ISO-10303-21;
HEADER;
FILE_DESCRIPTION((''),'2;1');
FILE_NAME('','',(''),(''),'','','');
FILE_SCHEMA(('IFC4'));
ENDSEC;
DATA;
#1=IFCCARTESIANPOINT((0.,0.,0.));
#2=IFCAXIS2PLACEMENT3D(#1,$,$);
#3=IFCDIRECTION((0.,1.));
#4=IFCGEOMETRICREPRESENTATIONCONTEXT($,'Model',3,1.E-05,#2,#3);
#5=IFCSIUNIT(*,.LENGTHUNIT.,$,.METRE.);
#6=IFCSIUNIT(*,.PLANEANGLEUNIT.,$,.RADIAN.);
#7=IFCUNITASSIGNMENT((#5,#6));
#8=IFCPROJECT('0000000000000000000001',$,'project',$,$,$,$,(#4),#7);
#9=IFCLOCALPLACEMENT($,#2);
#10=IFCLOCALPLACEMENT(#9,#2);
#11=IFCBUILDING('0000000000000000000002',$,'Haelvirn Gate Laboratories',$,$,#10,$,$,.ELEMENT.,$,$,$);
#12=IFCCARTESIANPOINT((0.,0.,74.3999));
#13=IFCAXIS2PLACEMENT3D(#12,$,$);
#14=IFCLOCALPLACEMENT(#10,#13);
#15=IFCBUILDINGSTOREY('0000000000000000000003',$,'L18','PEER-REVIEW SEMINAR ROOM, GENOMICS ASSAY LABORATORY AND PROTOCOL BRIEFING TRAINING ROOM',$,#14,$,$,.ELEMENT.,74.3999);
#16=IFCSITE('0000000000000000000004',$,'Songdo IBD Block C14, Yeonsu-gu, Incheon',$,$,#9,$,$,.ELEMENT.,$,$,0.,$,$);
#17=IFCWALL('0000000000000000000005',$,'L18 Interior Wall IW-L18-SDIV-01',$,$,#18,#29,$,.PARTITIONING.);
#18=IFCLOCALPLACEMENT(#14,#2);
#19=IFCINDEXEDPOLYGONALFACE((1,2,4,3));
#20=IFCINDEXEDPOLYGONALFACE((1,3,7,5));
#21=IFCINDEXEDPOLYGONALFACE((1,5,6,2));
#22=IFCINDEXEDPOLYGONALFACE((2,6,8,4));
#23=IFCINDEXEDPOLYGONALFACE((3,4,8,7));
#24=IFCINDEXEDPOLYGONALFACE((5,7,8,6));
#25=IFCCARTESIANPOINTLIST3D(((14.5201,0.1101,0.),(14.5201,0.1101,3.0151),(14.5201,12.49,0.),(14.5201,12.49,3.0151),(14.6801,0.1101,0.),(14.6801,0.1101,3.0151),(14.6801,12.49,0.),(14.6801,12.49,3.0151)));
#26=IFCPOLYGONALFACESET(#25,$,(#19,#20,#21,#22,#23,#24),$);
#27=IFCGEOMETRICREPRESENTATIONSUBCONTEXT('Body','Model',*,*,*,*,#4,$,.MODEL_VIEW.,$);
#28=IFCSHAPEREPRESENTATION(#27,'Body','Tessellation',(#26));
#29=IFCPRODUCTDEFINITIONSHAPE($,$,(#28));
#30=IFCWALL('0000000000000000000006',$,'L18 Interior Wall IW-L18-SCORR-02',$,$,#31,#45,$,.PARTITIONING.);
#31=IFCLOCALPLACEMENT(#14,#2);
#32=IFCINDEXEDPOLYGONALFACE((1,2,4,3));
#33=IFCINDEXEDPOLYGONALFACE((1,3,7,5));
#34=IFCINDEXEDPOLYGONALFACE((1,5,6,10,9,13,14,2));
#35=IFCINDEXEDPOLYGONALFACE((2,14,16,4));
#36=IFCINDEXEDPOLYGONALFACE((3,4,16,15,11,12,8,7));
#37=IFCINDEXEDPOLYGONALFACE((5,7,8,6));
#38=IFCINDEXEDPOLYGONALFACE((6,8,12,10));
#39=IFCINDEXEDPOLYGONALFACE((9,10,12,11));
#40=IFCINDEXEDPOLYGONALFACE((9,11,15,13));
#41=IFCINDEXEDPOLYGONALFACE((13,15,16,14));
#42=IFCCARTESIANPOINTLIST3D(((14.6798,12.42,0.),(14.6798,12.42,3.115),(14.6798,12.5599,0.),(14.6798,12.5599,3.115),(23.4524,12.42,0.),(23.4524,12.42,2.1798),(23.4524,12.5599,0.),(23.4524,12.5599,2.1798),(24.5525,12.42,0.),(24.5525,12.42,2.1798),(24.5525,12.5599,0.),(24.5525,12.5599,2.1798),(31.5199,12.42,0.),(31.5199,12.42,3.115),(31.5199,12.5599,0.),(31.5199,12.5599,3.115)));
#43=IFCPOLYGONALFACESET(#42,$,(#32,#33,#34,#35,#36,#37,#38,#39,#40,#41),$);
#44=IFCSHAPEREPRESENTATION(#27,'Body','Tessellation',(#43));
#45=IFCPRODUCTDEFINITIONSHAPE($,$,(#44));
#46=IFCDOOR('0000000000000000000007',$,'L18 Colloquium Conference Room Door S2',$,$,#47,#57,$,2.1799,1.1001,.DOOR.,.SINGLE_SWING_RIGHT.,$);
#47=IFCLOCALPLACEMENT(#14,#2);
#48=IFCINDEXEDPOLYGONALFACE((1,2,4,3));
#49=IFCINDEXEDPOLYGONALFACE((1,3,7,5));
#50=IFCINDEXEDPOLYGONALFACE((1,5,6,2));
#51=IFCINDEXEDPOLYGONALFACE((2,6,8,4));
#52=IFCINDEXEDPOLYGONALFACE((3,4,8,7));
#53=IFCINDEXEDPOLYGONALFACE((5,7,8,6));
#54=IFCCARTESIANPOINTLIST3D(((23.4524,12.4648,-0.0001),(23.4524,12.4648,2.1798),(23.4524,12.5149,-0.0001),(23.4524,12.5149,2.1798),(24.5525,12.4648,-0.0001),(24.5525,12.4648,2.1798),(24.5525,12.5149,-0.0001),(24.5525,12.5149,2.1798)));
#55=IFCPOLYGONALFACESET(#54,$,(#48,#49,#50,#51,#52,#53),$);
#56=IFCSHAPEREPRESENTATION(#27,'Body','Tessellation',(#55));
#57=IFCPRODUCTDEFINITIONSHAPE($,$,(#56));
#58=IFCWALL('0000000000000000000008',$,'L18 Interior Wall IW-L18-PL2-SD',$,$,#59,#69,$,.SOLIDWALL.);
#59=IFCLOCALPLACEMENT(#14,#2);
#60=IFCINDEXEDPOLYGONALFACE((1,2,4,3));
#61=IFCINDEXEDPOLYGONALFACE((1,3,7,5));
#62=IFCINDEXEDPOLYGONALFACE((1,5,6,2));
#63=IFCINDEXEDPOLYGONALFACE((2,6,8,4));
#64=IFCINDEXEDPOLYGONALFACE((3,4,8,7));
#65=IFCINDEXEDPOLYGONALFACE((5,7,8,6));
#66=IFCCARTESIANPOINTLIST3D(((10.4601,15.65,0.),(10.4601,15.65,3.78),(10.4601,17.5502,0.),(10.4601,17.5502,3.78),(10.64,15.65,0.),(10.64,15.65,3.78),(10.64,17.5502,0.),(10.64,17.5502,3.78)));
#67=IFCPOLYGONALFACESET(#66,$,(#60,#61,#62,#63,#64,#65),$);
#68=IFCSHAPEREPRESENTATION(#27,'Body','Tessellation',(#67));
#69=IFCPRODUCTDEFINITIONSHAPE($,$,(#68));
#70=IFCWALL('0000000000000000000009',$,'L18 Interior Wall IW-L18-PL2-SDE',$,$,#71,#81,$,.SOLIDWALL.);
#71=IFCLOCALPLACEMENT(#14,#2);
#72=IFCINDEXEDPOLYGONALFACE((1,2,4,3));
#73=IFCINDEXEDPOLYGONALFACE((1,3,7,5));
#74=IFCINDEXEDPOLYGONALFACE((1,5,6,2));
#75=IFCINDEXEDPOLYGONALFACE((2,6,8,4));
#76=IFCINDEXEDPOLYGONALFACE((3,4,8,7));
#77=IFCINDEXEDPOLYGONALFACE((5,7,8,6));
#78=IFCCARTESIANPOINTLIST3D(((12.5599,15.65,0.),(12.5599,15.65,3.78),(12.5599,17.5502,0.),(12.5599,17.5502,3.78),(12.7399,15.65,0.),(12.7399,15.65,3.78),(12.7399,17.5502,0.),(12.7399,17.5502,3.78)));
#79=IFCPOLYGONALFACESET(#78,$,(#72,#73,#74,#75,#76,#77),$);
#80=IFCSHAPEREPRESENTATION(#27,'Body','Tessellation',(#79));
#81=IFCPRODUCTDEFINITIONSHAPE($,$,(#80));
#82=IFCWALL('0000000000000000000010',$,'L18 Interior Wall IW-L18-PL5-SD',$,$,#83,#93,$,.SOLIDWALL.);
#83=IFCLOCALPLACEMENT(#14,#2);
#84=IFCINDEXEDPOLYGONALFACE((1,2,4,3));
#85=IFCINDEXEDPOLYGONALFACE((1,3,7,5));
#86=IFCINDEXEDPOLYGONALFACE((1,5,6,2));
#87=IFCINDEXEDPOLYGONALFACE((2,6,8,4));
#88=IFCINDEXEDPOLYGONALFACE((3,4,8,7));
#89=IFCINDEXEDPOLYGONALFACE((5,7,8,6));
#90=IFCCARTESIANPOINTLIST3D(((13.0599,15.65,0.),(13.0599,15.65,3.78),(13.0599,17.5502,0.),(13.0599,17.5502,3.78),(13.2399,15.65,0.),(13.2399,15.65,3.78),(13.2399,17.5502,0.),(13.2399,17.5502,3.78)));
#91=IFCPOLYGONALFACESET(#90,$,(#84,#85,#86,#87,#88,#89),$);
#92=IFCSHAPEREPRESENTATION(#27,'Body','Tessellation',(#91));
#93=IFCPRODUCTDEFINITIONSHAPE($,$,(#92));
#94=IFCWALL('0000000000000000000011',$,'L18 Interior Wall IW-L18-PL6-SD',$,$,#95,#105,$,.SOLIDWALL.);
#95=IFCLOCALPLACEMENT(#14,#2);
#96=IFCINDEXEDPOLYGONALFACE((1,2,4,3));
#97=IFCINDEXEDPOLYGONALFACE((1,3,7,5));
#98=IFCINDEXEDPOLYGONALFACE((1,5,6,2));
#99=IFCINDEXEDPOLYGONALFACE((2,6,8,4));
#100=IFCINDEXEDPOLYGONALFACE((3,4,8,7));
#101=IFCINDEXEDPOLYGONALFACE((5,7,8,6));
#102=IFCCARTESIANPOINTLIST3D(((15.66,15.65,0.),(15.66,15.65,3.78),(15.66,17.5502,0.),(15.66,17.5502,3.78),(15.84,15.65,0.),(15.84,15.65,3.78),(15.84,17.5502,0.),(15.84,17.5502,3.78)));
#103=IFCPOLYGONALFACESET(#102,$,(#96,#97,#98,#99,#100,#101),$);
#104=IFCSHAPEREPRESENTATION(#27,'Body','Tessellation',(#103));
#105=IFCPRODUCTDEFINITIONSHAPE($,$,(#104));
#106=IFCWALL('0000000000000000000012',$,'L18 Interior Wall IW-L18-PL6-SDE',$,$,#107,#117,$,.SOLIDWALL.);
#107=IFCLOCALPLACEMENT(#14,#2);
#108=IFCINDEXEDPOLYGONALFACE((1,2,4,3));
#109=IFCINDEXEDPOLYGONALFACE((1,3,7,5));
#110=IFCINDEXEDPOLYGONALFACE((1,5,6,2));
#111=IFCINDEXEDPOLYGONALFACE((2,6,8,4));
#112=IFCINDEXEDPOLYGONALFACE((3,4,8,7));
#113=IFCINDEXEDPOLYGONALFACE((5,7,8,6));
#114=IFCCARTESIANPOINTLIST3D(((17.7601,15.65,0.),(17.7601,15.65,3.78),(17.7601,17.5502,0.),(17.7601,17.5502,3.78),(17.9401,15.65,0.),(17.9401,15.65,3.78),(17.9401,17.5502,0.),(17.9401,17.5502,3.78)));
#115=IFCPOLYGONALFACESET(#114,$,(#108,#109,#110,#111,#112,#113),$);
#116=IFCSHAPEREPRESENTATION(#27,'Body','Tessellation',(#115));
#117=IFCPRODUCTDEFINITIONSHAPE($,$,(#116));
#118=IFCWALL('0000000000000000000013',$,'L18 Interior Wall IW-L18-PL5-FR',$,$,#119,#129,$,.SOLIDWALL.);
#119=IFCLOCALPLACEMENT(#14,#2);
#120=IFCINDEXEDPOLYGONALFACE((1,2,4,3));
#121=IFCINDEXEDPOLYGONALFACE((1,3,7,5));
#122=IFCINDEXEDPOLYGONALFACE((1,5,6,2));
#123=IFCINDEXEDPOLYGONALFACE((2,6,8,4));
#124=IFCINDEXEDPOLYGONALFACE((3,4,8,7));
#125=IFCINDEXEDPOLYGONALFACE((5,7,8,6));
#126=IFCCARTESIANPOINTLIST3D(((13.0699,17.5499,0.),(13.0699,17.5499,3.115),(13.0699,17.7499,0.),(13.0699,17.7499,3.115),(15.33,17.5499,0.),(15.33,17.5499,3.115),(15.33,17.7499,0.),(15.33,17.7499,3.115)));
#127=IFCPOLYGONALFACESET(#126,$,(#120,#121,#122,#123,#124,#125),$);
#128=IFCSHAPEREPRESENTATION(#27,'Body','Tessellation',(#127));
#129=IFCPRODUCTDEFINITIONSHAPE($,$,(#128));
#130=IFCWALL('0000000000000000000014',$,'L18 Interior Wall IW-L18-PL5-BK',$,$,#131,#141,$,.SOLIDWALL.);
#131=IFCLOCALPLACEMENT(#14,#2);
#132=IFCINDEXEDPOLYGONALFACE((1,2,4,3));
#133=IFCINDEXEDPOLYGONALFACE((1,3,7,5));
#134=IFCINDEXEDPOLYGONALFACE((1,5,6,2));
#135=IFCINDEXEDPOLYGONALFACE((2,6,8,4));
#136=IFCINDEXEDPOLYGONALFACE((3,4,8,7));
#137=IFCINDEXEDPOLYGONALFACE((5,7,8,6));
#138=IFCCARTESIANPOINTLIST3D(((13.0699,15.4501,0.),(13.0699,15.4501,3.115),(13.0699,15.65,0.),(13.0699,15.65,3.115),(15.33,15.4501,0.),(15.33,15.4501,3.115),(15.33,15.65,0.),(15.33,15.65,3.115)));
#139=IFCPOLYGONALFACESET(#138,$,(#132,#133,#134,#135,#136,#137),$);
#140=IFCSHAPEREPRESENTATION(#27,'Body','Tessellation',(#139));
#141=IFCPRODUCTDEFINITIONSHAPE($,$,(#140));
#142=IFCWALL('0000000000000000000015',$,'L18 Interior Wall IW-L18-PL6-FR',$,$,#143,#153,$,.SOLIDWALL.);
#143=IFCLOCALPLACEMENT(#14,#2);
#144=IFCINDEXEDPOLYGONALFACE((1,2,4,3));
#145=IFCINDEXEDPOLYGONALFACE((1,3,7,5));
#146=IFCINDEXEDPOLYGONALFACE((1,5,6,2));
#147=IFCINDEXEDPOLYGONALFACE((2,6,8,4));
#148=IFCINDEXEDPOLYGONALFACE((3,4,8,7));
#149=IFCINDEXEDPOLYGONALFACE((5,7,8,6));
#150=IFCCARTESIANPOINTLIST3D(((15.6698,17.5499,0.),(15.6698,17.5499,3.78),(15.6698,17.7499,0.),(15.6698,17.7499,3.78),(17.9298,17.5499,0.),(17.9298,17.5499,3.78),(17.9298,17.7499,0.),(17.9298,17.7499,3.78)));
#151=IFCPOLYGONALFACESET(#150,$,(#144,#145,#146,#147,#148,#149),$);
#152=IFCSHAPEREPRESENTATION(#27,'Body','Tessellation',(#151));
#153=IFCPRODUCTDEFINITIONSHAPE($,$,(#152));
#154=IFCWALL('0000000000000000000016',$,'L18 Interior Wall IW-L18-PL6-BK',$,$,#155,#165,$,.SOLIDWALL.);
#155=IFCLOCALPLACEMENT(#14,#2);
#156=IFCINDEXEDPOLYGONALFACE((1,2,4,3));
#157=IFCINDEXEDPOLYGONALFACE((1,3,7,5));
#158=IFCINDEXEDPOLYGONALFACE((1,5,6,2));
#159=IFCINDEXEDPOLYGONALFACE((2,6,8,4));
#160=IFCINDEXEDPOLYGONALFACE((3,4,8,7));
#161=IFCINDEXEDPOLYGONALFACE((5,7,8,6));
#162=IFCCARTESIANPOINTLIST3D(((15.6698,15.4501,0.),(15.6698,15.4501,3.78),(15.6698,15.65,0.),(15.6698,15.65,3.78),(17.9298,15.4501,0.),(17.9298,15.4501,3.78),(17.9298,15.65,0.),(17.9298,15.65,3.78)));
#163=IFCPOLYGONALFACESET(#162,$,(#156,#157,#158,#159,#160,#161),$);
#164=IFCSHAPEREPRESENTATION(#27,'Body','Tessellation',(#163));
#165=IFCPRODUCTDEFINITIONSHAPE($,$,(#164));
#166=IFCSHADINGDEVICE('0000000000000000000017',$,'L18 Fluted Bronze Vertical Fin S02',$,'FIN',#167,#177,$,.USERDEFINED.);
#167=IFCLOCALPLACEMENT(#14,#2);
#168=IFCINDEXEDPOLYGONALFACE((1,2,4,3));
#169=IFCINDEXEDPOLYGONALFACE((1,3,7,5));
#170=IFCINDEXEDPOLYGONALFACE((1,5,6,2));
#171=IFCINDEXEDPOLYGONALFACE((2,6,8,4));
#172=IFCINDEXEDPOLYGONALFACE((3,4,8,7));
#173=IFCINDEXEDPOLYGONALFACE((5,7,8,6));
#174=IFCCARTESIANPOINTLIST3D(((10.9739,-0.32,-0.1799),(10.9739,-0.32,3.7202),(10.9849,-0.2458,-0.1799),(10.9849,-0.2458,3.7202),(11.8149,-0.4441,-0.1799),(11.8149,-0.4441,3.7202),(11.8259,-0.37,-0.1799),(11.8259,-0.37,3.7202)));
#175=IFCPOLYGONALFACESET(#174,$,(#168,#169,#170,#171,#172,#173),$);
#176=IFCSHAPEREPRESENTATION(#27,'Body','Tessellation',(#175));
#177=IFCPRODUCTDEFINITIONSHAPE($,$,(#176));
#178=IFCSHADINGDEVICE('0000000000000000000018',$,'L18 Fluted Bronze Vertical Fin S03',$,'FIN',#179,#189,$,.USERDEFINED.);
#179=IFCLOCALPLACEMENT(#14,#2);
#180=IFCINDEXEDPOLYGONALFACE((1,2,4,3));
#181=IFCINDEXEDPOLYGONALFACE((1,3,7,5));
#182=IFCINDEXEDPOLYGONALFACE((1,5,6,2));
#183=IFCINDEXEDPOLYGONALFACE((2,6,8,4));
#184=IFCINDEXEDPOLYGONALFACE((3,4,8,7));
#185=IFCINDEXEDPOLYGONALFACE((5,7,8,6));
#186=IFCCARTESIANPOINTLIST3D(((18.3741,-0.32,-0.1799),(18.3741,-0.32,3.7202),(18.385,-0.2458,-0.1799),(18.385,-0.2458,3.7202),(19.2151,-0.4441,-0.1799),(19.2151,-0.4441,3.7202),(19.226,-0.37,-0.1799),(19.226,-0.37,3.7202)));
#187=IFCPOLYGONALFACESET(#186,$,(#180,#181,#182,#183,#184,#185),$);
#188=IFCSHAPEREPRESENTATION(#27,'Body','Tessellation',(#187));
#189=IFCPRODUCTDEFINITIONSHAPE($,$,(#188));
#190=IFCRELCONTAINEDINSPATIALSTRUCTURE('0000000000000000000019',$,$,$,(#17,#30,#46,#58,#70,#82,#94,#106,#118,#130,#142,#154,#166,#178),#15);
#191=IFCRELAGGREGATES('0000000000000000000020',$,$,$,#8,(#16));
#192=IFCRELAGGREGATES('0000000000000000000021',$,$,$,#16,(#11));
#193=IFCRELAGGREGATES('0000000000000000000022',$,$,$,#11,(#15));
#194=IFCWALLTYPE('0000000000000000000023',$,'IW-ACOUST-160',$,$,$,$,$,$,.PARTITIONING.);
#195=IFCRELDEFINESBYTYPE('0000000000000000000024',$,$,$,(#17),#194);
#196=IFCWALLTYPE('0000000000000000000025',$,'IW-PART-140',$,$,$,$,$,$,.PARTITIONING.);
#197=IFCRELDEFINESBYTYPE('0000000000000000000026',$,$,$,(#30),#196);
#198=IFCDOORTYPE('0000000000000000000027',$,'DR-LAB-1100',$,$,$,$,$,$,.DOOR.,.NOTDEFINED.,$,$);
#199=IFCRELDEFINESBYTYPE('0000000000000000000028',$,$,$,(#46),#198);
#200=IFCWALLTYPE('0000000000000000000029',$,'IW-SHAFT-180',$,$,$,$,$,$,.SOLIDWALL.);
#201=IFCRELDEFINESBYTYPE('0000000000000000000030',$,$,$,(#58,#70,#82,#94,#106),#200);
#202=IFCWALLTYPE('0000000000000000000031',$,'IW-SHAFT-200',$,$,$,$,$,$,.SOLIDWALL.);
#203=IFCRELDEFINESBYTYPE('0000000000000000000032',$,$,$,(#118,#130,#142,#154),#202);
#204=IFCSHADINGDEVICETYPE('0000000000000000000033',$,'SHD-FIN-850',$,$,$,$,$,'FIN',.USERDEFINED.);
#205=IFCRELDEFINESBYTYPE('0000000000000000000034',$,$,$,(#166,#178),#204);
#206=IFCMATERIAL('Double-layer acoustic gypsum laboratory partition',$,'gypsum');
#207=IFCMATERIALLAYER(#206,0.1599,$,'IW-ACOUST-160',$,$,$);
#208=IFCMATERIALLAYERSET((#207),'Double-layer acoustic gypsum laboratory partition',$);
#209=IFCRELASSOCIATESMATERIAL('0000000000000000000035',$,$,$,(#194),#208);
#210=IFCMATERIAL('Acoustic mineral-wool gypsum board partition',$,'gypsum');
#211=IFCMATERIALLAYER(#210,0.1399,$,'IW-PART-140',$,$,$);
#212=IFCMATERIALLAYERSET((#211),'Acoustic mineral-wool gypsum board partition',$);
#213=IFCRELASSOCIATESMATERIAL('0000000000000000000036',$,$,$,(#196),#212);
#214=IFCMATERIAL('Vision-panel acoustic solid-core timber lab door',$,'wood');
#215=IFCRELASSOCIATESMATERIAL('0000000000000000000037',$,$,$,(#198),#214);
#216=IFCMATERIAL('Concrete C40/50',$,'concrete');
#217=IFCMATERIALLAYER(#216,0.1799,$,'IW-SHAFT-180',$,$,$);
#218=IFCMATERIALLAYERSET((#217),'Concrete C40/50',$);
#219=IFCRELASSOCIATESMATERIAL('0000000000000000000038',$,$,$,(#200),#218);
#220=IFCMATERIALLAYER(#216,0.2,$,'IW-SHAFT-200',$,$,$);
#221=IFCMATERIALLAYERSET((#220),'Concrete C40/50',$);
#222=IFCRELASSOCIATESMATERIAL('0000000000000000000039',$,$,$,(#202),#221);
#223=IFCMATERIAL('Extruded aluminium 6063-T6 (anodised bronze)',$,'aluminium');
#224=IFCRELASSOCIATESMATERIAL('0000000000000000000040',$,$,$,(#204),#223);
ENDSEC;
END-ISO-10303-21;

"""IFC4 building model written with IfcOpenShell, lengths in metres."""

from ifc_helpers import new_model, si_unit, direction, frame, frame_2d, origin, origin_2d, place, context, subcontext, project, spatial, rectangle, extrude, source, transform, mapped, material, layer, layer_set, material_profile, profile_set, type_object, type_shapes, element, fill, save


model = new_model("IFC4")

# Units and contexts
model_context = context("Model", 3, precision=1e-05, world=origin(), true_north=direction((0.0, 1.0)))
body_context = subcontext(model_context, "Body", "Model", "MODEL_VIEW")
ifc_project = project(units=[si_unit("LENGTHUNIT", "METRE"), si_unit("PLANEANGLEUNIT", "RADIAN")], contexts=[model_context])

# Site, building, storey
site_placement = place(None, origin())
site = spatial("IfcSite", under=ifc_project, at=site_placement, Name="Songdo IBD Block C14, Yeonsu-gu, Incheon", CompositionType="ELEMENT", RefElevation=0.0)
building_placement = place(site_placement, origin())
building = spatial("IfcBuilding", under=site, at=building_placement, Name="Haelvirn Gate Laboratories", CompositionType="ELEMENT")
storey_placement = place(building_placement, frame((0.0, 0.0, 74.3999)))
storey = spatial("IfcBuildingStorey", under=building, at=storey_placement, Name="L18", Description="PEER-REVIEW SEMINAR ROOM, GENOMICS ASSAY LABORATORY AND PROTOCOL BRIEFING TRAINING ROOM", CompositionType="ELEMENT", Elevation=74.3999)

# Shared definitions
ifc_material_1 = material(Name="Extruded aluminium 6063-T6 (anodised bronze)", Category="aluminium")

# Wall
ifc_material_2 = material(Name="Double-layer acoustic gypsum laboratory partition", Category="gypsum")
ifc_layer_1 = layer(ifc_material_2, 0.1599, Name="IW-ACOUST-160")
ifc_layer_set_1 = layer_set([ifc_layer_1], Name="Double-layer acoustic gypsum laboratory partition")
wall_type_1 = type_object("IfcWallType", Name="IW-ACOUST-160", PredefinedType="PARTITIONING", material=ifc_layer_set_1)
wall_1_placement = place(storey_placement, frame((14.6001, 0.1101, 0.0), z_axis=(0.0, 0.0, 1.0), x_axis=(0.0, 1.0, 0.0)))
element("IfcWall", 1, at=wall_1_placement, inside=storey, type_object=wall_type_1, Name="L18 Interior Wall IW-L18-SDIV-01", PredefinedType="PARTITIONING", context=body_context, shape_type="SweptSolid", body=[
    extrude(rectangle(XDim=12.3799, YDim=0.1599, at=frame_2d((6.1899, 0.0))), origin(), (0.0, 0.0, 1.0), 3.0151),
])

# Wall, opening, door
ifc_material_3 = material(Name="Acoustic mineral-wool gypsum board partition", Category="gypsum")
ifc_layer_2 = layer(ifc_material_3, 0.1399, Name="IW-PART-140")
ifc_layer_set_2 = layer_set([ifc_layer_2], Name="Acoustic mineral-wool gypsum board partition")
wall_type_2 = type_object("IfcWallType", Name="IW-PART-140", PredefinedType="PARTITIONING", material=ifc_layer_set_2)
wall_2_placement = place(storey_placement, frame((14.6799, 12.49, 0.0), z_axis=(0.0, 0.0, 1.0), x_axis=(1.0, 0.0, 0.0)))
wall_2 = element("IfcWall", 2, at=wall_2_placement, inside=storey, type_object=wall_type_2, Name="L18 Interior Wall IW-L18-SCORR-02", PredefinedType="PARTITIONING", context=body_context, shape_type="SweptSolid", body=[
    extrude(rectangle(XDim=16.8401, YDim=0.1399, at=frame_2d((8.4199, 0.0))), origin(), (0.0, 0.0, 1.0), 3.115),
])
opening_placement = place(wall_2_placement, frame((8.7725, 0.0, 0.0)))
opening = element("IfcOpeningElement", 3, at=opening_placement, cuts=wall_2, PredefinedType="OPENING", context=body_context, shape_type="SweptSolid", body=[
    extrude(rectangle(XDim=1.1001, YDim=2.1799, at=frame_2d((0.55, 1.0898))), frame((0.0, 0.0801, 0.0), z_axis=(0.0, -1.0, 0.0), x_axis=(1.0, 0.0, 0.0)), (0.0, 0.0, 1.0), 0.1599),
])
ifc_material_4 = material(Name="Vision-panel acoustic solid-core timber lab door", Category="wood")
door_type = type_object("IfcDoorType", Name="DR-LAB-1100", OperationType="NOTDEFINED", PredefinedType="DOOR", material=ifc_material_4)
shared_shape_1 = source(origin(), body_context, "Body", "SweptSolid", [
    extrude(rectangle(XDim=1.1001, YDim=2.1799, at=frame_2d((0.55, 1.0898))), frame((0.0, 0.0249, 0.0), z_axis=(0.0, -1.0, 0.0), x_axis=(1.0, 0.0, 0.0)), (0.0, 0.0, 1.0), 0.05),
])
type_shapes(door_type, [shared_shape_1])
door_placement = place(opening_placement, origin())
door = element("IfcDoor", 4, at=door_placement, inside=storey, type_object=door_type, Name="L18 Colloquium Conference Room Door S2", OperationType="SINGLE_SWING_RIGHT", OverallHeight=2.1799, OverallWidth=1.1001, PredefinedType="DOOR", context=body_context, shape_type="MappedRepresentation", body=[
    mapped(shared_shape_1, transform((0.0, 0.0, 0.0), scale=1.0)),
])
fill(opening, door)

# Walls
ifc_material_5 = material(Name="Concrete C40/50", Category="concrete")
ifc_layer_3 = layer(ifc_material_5, 0.1799, Name="IW-SHAFT-180")
ifc_layer_set_3 = layer_set([ifc_layer_3], Name="Concrete C40/50")
wall_type_3 = type_object("IfcWallType", Name="IW-SHAFT-180", PredefinedType="SOLIDWALL", material=ifc_layer_set_3)
for number, where, z_axis, x_axis, name in (
    (5, (10.55, 15.6499, 0.0), (0.0, 0.0, 1.0), (0.0, 1.0, 0.0), "L18 Interior Wall IW-L18-PL2-SD"),
    (6, (12.6499, 15.6499, 0.0), (0.0, 0.0, 1.0), (0.0, 1.0, 0.0), "L18 Interior Wall IW-L18-PL2-SDE"),
    (7, (13.1499, 15.6499, 0.0), (0.0, 0.0, 1.0), (0.0, 1.0, 0.0), "L18 Interior Wall IW-L18-PL5-SD"),
    (8, (15.75, 15.6499, 0.0), (0.0, 0.0, 1.0), (0.0, 1.0, 0.0), "L18 Interior Wall IW-L18-PL6-SD"),
    (9, (17.8501, 15.6499, 0.0), (0.0, 0.0, 1.0), (0.0, 1.0, 0.0), "L18 Interior Wall IW-L18-PL6-SDE"),
):
    element("IfcWall", number, at=place(storey_placement, frame(where, z_axis=z_axis, x_axis=x_axis)), inside=storey, type_object=wall_type_3, Name=name, PredefinedType="SOLIDWALL", context=body_context, shape_type="SweptSolid", body=[
        extrude(rectangle(XDim=1.9001, YDim=0.1799, at=frame_2d((0.9502, 0.0))), origin(), (0.0, 0.0, 1.0), 3.78),
    ])
ifc_layer_4 = layer(ifc_material_5, 0.2, Name="IW-SHAFT-200")
ifc_layer_set_4 = layer_set([ifc_layer_4], Name="Concrete C40/50")
wall_type_4 = type_object("IfcWallType", Name="IW-SHAFT-200", PredefinedType="SOLIDWALL", material=ifc_layer_set_4)
for number, where, z_axis, x_axis, name in (
    (10, (13.0701, 17.6499, 0.0), (0.0, 0.0, 1.0), (1.0, 0.0, 0.0), "L18 Interior Wall IW-L18-PL5-FR"),
    (11, (13.0701, 15.55, 0.0), (0.0, 0.0, 1.0), (1.0, 0.0, 0.0), "L18 Interior Wall IW-L18-PL5-BK"),
):
    element("IfcWall", number, at=place(storey_placement, frame(where, z_axis=z_axis, x_axis=x_axis)), inside=storey, type_object=wall_type_4, Name=name, PredefinedType="SOLIDWALL", context=body_context, shape_type="SweptSolid", body=[
        extrude(rectangle(XDim=2.26, YDim=0.2, at=frame_2d((1.1299, 0.0))), origin(), (0.0, 0.0, 1.0), 3.115),
    ])
for number, where, z_axis, x_axis, name in (
    (12, (15.6699, 17.6499, 0.0), (0.0, 0.0, 1.0), (1.0, 0.0, 0.0), "L18 Interior Wall IW-L18-PL6-FR"),
    (13, (15.6699, 15.55, 0.0), (0.0, 0.0, 1.0), (1.0, 0.0, 0.0), "L18 Interior Wall IW-L18-PL6-BK"),
):
    element("IfcWall", number, at=place(storey_placement, frame(where, z_axis=z_axis, x_axis=x_axis)), inside=storey, type_object=wall_type_4, Name=name, PredefinedType="SOLIDWALL", context=body_context, shape_type="SweptSolid", body=[
        extrude(rectangle(XDim=2.26, YDim=0.2, at=frame_2d((1.1299, 0.0))), origin(), (0.0, 0.0, 1.0), 3.78),
    ])

# Shading devices
ifc_material_profile_1 = material_profile(ifc_material_1, rectangle(XDim=0.075, YDim=0.8501, at=origin_2d()), Name="FIN-850x75")
ifc_profile_set_1 = profile_set([ifc_material_profile_1], Name="Extruded aluminium 6063-T6 (anodised bronze)")
shading_device_type = type_object("IfcShadingDeviceType", Name="SHD-FIN-850", ElementType="FIN", PredefinedType="USERDEFINED", material=ifc_profile_set_1)
shared_shape_2 = source(origin(), body_context, "Body", "SweptSolid", [
    extrude(rectangle(XDim=0.075, YDim=0.8501, at=origin_2d()), origin(), (0.0, 0.0, 1.0), 3.9001),
])
type_shapes(shading_device_type, [shared_shape_2])
for number, where, z_axis, x_axis, name in (
    (14, (11.3999, -0.345, -0.1799), (0.0, 0.0, 1.0), (0.146083, 0.989272, 0.0), "L18 Fluted Bronze Vertical Fin S02"),
    (15, (18.8, -0.345, -0.1799), (0.0, 0.0, 1.0), (0.146083, 0.989272, 0.0), "L18 Fluted Bronze Vertical Fin S03"),
):
    element("IfcShadingDevice", number, at=place(storey_placement, frame(where, z_axis=z_axis, x_axis=x_axis)), inside=storey, type_object=shading_device_type, Name=name, ObjectType="FIN", PredefinedType="USERDEFINED", context=body_context, shape_type="MappedRepresentation", body=[
        mapped(shared_shape_2, transform((0.0, 0.0, 0.0), scale=1.0)),
    ])

save(model, "model.ifc")
